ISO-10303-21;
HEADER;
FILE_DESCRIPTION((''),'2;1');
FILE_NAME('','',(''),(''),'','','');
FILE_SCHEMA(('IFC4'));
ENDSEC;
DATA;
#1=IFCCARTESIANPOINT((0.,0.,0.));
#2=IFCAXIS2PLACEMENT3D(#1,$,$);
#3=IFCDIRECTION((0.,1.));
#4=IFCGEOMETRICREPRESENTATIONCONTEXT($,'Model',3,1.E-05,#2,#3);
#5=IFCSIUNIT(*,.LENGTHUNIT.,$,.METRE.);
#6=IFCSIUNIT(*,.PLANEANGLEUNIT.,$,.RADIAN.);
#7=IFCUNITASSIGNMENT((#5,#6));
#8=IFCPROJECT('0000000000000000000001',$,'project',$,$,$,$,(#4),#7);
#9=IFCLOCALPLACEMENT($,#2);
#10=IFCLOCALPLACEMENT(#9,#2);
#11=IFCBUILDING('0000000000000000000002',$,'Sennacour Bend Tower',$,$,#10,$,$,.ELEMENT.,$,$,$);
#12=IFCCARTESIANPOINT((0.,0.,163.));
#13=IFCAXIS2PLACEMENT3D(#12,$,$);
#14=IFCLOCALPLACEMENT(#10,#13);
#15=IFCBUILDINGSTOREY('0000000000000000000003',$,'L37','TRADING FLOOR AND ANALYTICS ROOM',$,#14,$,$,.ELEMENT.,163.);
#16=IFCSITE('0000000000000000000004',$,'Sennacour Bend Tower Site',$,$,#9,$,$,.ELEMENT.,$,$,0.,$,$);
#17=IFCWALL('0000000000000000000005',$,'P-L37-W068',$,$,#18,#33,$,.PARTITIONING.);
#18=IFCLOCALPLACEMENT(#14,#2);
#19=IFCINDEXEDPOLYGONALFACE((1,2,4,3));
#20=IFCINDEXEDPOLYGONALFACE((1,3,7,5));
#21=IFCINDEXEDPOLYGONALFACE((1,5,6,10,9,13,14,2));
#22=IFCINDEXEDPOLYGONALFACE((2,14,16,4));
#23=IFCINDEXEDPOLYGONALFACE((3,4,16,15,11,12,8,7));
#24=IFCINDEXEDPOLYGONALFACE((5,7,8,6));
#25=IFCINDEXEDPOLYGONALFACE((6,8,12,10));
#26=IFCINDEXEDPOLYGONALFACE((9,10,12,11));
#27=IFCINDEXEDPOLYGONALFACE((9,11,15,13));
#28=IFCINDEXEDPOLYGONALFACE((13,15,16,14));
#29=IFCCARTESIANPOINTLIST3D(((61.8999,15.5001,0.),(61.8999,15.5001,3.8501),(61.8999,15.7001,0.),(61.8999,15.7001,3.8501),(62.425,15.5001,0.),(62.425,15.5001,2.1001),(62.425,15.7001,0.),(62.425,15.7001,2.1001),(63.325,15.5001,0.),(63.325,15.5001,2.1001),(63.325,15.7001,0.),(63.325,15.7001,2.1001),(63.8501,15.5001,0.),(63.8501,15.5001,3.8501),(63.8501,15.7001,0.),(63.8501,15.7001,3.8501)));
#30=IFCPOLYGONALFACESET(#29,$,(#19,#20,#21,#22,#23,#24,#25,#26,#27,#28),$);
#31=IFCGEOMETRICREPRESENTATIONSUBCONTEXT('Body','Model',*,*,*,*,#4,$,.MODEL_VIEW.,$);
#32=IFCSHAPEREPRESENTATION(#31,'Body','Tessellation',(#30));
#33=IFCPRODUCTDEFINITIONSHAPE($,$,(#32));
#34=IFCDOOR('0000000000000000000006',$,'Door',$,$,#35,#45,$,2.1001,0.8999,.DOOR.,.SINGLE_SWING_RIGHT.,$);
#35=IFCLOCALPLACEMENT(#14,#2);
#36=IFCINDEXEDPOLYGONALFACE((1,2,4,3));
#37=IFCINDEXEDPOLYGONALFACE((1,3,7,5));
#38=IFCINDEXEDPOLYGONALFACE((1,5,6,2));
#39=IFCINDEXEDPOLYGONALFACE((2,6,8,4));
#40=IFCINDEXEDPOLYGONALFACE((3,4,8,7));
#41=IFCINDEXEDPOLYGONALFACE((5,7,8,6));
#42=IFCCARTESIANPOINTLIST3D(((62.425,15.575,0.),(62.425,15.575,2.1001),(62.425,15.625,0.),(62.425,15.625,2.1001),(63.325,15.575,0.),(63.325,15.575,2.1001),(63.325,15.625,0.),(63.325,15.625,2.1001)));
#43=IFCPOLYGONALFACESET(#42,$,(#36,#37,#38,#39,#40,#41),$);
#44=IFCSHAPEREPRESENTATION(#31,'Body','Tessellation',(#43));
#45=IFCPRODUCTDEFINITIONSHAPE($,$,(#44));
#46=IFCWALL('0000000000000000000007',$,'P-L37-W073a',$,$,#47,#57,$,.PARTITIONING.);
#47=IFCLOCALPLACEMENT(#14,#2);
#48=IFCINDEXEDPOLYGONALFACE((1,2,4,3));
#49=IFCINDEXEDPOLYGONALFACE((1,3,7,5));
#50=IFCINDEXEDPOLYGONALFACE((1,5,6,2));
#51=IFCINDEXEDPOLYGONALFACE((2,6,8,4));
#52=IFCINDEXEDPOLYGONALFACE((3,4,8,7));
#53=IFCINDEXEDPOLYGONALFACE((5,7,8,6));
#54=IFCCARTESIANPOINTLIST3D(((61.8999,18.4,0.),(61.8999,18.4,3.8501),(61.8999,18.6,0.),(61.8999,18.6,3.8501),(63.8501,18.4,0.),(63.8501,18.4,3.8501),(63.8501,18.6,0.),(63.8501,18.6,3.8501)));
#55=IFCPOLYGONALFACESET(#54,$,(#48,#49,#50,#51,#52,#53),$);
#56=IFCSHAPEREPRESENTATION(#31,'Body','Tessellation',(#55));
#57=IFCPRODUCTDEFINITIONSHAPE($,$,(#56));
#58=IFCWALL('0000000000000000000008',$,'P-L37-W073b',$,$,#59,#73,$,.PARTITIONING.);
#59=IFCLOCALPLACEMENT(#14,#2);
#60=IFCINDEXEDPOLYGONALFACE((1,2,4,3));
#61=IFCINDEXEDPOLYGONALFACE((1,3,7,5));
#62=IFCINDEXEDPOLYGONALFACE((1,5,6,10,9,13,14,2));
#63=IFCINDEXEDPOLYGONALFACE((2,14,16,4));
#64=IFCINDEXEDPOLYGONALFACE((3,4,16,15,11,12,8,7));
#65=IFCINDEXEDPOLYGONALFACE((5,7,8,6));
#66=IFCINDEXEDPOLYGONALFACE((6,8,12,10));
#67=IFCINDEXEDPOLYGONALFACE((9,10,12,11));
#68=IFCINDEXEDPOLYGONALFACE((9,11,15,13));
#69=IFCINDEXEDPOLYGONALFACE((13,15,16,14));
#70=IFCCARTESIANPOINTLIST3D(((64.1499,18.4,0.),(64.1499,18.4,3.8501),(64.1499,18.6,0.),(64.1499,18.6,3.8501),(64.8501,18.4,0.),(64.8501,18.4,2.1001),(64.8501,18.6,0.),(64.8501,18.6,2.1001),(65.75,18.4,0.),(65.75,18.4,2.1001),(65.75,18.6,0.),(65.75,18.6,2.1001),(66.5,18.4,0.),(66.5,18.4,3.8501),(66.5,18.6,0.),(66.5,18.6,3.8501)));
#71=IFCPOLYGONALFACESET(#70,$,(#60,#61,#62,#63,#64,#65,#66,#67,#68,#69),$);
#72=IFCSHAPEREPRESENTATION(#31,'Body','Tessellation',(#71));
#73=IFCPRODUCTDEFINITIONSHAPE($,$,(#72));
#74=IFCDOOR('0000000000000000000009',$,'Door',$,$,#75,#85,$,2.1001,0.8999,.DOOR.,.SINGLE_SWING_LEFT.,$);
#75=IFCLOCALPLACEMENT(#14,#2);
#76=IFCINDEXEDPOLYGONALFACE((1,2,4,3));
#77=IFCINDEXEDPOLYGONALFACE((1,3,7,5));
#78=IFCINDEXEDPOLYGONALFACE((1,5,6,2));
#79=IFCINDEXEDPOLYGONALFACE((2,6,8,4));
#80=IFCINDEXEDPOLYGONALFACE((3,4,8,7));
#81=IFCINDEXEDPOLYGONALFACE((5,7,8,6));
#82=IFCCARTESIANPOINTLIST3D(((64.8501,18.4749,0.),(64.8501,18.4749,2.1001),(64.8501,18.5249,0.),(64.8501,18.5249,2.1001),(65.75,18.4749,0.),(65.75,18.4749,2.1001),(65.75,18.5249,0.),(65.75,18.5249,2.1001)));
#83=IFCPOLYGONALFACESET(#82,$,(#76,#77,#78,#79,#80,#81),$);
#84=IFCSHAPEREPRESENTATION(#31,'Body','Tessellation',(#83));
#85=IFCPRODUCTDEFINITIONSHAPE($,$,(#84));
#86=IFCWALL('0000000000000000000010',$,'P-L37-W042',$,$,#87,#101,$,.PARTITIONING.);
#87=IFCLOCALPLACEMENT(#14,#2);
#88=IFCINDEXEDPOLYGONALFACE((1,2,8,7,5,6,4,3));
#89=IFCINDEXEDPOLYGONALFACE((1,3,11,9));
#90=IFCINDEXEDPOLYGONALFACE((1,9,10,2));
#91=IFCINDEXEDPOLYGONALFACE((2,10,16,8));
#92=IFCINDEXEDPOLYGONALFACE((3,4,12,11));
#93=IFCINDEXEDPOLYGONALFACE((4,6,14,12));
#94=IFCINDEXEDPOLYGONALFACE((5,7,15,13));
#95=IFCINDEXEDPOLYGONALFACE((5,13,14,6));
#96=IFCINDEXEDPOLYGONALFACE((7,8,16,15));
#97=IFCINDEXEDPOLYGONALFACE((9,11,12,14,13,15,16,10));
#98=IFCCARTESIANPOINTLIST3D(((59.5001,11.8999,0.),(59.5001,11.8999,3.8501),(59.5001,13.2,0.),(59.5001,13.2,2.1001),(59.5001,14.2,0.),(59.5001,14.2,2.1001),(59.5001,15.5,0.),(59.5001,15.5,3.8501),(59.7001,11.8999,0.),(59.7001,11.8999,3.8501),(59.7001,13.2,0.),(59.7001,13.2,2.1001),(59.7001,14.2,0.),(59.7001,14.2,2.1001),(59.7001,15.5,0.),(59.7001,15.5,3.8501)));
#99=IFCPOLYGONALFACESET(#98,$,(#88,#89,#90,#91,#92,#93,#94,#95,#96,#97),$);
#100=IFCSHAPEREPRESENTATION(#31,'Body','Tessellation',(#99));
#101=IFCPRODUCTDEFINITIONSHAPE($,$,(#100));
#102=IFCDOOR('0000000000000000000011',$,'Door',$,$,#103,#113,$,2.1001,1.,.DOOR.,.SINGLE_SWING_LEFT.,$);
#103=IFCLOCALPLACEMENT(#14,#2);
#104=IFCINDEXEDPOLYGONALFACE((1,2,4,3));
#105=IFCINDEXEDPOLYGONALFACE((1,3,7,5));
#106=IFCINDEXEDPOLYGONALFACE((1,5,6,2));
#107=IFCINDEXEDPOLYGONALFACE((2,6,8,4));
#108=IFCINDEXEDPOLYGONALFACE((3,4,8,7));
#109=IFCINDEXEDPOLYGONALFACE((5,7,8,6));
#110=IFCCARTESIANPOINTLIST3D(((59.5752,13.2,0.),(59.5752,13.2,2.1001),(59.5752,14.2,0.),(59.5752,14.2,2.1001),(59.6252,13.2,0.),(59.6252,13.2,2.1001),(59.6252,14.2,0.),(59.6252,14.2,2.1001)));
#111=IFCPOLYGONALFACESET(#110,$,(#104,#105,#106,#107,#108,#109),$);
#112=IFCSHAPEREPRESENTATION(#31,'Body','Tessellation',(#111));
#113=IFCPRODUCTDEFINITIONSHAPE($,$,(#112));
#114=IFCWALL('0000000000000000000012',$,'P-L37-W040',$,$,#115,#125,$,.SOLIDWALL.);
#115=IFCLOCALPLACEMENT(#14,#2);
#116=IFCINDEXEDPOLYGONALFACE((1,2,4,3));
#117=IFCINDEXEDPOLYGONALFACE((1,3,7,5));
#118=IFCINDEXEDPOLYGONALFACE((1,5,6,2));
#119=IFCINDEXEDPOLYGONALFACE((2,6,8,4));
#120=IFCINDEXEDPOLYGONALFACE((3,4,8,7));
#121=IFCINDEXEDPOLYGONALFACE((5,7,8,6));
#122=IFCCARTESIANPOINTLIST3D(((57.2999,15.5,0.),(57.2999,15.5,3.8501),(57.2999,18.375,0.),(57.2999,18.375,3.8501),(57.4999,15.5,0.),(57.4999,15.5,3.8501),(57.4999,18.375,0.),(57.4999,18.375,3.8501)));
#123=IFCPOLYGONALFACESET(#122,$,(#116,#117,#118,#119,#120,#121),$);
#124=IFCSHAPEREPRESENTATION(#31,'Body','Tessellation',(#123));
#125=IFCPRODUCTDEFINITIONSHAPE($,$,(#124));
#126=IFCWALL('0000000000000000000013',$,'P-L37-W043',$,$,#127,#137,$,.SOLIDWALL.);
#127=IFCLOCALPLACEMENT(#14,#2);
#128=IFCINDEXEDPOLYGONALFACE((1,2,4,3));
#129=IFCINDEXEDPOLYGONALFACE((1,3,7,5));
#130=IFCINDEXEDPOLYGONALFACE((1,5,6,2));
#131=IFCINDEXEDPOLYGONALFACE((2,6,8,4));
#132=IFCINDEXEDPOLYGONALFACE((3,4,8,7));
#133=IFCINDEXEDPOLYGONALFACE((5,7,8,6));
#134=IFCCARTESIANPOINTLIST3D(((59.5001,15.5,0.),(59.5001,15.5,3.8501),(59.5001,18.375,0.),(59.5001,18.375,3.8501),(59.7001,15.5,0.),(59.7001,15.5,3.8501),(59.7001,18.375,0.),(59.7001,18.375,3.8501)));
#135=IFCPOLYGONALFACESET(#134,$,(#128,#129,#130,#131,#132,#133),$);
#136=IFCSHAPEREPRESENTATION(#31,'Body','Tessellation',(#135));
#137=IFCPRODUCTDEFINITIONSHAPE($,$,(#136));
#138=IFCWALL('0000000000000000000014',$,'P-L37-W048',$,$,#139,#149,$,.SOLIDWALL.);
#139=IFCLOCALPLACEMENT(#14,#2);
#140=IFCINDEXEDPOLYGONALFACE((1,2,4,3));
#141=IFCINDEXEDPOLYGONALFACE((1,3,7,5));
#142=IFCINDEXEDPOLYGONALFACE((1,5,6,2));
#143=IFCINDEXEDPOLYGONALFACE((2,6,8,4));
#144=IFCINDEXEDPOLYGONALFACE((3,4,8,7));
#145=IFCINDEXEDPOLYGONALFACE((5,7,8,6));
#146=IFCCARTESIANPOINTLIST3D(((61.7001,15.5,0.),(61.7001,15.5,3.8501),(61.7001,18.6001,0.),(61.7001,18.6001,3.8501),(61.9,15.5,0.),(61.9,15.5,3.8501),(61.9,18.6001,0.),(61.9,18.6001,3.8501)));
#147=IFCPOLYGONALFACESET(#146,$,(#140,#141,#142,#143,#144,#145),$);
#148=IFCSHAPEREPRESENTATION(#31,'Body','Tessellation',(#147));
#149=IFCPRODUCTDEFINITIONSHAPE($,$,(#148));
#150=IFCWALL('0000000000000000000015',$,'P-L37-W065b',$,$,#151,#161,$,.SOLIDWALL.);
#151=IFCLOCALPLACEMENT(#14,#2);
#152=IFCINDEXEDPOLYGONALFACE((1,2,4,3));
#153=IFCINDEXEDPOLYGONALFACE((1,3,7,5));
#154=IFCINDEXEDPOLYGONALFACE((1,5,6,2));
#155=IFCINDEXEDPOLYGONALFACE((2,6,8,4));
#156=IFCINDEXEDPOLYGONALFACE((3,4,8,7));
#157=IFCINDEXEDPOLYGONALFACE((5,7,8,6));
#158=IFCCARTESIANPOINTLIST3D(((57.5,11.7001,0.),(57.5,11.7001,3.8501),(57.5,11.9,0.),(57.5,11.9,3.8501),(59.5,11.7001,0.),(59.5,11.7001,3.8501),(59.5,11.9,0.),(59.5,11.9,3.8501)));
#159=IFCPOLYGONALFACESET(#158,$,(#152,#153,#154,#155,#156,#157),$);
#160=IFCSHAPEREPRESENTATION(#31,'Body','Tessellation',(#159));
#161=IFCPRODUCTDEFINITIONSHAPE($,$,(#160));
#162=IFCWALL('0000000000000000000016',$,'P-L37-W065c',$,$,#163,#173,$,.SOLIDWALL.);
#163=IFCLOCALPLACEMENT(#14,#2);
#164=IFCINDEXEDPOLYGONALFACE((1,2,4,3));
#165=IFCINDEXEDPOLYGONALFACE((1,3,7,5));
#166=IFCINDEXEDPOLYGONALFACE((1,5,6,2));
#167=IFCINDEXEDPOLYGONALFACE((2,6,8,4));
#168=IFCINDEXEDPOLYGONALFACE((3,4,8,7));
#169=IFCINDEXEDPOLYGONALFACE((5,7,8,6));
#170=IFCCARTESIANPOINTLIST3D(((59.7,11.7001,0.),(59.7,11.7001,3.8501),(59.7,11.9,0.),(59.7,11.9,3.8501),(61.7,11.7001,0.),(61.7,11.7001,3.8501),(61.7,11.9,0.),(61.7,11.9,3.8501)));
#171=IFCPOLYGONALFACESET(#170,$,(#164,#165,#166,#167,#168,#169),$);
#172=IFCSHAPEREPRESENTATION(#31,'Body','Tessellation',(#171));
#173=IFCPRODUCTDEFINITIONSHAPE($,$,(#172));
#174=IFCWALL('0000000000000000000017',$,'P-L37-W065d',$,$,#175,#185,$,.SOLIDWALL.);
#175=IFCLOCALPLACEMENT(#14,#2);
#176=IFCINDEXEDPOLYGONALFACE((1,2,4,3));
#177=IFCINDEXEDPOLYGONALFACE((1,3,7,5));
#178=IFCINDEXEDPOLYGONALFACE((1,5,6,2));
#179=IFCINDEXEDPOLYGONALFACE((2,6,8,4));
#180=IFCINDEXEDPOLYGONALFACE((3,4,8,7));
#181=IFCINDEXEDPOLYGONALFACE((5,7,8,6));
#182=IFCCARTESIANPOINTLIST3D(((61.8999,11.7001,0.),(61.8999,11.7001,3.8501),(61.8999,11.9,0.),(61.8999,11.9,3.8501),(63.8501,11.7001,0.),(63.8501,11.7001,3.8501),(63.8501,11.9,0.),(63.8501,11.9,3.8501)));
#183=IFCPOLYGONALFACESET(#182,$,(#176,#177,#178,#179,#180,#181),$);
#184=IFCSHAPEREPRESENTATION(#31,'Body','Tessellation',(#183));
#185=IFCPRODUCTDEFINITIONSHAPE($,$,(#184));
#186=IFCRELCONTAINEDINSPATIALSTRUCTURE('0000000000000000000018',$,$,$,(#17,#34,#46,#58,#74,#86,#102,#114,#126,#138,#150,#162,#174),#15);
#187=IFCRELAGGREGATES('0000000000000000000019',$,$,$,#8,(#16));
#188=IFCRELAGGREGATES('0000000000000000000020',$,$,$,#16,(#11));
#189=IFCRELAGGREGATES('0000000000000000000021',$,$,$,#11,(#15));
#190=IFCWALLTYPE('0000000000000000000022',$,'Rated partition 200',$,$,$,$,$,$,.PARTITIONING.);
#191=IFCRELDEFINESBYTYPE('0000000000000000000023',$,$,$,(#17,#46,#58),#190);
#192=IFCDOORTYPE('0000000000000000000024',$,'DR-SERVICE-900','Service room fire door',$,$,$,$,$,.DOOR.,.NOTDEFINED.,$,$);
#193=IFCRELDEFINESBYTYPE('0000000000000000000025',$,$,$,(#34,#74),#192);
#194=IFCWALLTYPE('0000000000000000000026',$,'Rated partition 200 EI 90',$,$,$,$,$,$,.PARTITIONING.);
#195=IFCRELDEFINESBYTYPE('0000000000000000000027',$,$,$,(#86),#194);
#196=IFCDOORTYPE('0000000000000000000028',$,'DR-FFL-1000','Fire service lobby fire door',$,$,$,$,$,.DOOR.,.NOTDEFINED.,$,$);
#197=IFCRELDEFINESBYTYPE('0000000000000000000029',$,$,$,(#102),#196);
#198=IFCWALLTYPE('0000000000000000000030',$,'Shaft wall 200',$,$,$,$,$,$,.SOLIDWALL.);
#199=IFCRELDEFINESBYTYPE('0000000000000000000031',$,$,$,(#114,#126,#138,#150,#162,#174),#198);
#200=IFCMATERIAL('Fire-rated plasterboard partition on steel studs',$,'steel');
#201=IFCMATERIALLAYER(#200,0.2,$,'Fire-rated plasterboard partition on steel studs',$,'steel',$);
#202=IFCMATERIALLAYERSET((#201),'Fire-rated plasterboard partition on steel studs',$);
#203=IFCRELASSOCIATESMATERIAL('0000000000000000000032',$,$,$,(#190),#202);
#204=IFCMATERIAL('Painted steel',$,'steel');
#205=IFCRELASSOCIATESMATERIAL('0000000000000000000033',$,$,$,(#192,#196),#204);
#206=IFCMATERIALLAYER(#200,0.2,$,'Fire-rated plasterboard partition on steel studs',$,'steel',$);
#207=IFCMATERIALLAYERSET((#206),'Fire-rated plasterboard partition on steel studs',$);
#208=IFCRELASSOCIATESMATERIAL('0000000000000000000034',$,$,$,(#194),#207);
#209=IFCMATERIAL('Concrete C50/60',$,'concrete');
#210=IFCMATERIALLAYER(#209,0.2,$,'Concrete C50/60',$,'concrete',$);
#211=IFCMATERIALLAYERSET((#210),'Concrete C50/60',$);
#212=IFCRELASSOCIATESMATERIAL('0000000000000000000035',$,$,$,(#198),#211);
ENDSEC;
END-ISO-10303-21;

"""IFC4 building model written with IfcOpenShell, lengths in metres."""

from ifc_helpers import new_model, si_unit, direction, frame, frame_2d, origin, place, context, subcontext, project, spatial, rectangle, extrude, material, layer, layer_set, type_object, element, fill, save


model = new_model("IFC4")

# Units and contexts
model_context = context("Model", 3, precision=1e-05, world=origin(), true_north=direction((0.0, 1.0)))
body_context = subcontext(model_context, "Body", "Model", "MODEL_VIEW")
ifc_project = project(units=[si_unit("LENGTHUNIT", "METRE"), si_unit("PLANEANGLEUNIT", "RADIAN")], contexts=[model_context])

# Site, building, storey
site_placement = place(None, origin())
site = spatial("IfcSite", under=ifc_project, at=site_placement, Name="Sennacour Bend Tower Site", CompositionType="ELEMENT", RefElevation=0.0)
building_placement = place(site_placement, origin())
building = spatial("IfcBuilding", under=site, at=building_placement, Name="Sennacour Bend Tower", CompositionType="ELEMENT")
storey_placement = place(building_placement, frame((0.0, 0.0, 163.0)))
storey = spatial("IfcBuildingStorey", under=building, at=storey_placement, Name="L37", Description="TRADING FLOOR AND ANALYTICS ROOM", CompositionType="ELEMENT", Elevation=163.0)

# Wall, opening, door
ifc_material_1 = material(Name="Fire-rated plasterboard partition on steel studs", Category="steel")
ifc_layer_1 = layer(ifc_material_1, 0.2, Name="Fire-rated plasterboard partition on steel studs", Category="steel")
ifc_layer_set_1 = layer_set([ifc_layer_1], Name="Fire-rated plasterboard partition on steel studs")
wall_type_1 = type_object("IfcWallType", Name="Rated partition 200", PredefinedType="PARTITIONING", material=ifc_layer_set_1)
wall_1_placement = place(storey_placement, frame((61.8999, 15.6001, 0.0), z_axis=(0.0, 0.0, 1.0), x_axis=(1.0, 0.0, 0.0)))
wall_1 = element("IfcWall", 1, at=wall_1_placement, inside=storey, type_object=wall_type_1, Name="P-L37-W068", PredefinedType="PARTITIONING", context=body_context, shape_type="SweptSolid", body=[
    extrude(rectangle(XDim=1.9502, YDim=0.2, at=frame_2d((0.9751, 0.0))), origin(), (0.0, 0.0, 1.0), 3.8501),
])
opening_1_placement = place(wall_1_placement, frame((0.5251, 0.0, 0.0)))
opening_1 = element("IfcOpeningElement", 2, at=opening_1_placement, cuts=wall_1, PredefinedType="OPENING", context=body_context, shape_type="SweptSolid", body=[
    extrude(rectangle(XDim=0.8999, YDim=2.1001, at=frame_2d((0.45, 1.05))), frame((0.0, 0.1099, 0.0), z_axis=(0.0, -1.0, 0.0), x_axis=(1.0, 0.0, 0.0)), (0.0, 0.0, 1.0), 0.22),
])
ifc_material_2 = material(Name="Painted steel", Category="steel")
door_type_1 = type_object("IfcDoorType", Name="DR-SERVICE-900", Description="Service room fire door", OperationType="NOTDEFINED", PredefinedType="DOOR", material=ifc_material_2)
door_1_placement = place(opening_1_placement, origin())
door_1 = element("IfcDoor", 3, at=door_1_placement, inside=storey, type_object=door_type_1, Name="Door", OperationType="SINGLE_SWING_RIGHT", OverallHeight=2.1001, OverallWidth=0.8999, PredefinedType="DOOR", context=body_context, shape_type="SweptSolid", body=[
    extrude(rectangle(XDim=0.8999, YDim=2.1001, at=frame_2d((0.45, 1.05))), frame((0.0, 0.0249, 0.0), z_axis=(0.0, -1.0, 0.0), x_axis=(1.0, 0.0, 0.0)), (0.0, 0.0, 1.0), 0.05),
])
fill(opening_1, door_1)

# Wall
wall_2_placement = place(storey_placement, frame((61.8999, 18.5, 0.0), z_axis=(0.0, 0.0, 1.0), x_axis=(1.0, 0.0, 0.0)))
element("IfcWall", 4, at=wall_2_placement, inside=storey, type_object=wall_type_1, Name="P-L37-W073a", PredefinedType="PARTITIONING", context=body_context, shape_type="SweptSolid", body=[
    extrude(rectangle(XDim=1.9502, YDim=0.2, at=frame_2d((0.9751, 0.0))), origin(), (0.0, 0.0, 1.0), 3.8501),
])

# Walls, openings, doors
wall_3_placement = place(storey_placement, frame((64.1499, 18.5, 0.0), z_axis=(0.0, 0.0, 1.0), x_axis=(1.0, 0.0, 0.0)))
wall_3 = element("IfcWall", 5, at=wall_3_placement, inside=storey, type_object=wall_type_1, Name="P-L37-W073b", PredefinedType="PARTITIONING", context=body_context, shape_type="SweptSolid", body=[
    extrude(rectangle(XDim=2.3501, YDim=0.2, at=frame_2d((1.175, 0.0))), origin(), (0.0, 0.0, 1.0), 3.8501),
])
opening_2_placement = place(wall_3_placement, frame((0.7002, 0.0, 0.0)))
opening_2 = element("IfcOpeningElement", 6, at=opening_2_placement, cuts=wall_3, PredefinedType="OPENING", context=body_context, shape_type="SweptSolid", body=[
    extrude(rectangle(XDim=0.8999, YDim=2.1001, at=frame_2d((0.45, 1.05))), frame((0.0, 0.1099, 0.0), z_axis=(0.0, -1.0, 0.0), x_axis=(1.0, 0.0, 0.0)), (0.0, 0.0, 1.0), 0.22),
])
door_2_placement = place(opening_2_placement, origin())
door_2 = element("IfcDoor", 7, at=door_2_placement, inside=storey, type_object=door_type_1, Name="Door", OperationType="SINGLE_SWING_LEFT", OverallHeight=2.1001, OverallWidth=0.8999, PredefinedType="DOOR", context=body_context, shape_type="SweptSolid", body=[
    extrude(rectangle(XDim=0.8999, YDim=2.1001, at=frame_2d((0.45, 1.05))), frame((0.0, 0.0249, 0.0), z_axis=(0.0, -1.0, 0.0), x_axis=(1.0, 0.0, 0.0)), (0.0, 0.0, 1.0), 0.05),
])
fill(opening_2, door_2)
ifc_layer_2 = layer(ifc_material_1, 0.2, Name="Fire-rated plasterboard partition on steel studs", Category="steel")
ifc_layer_set_2 = layer_set([ifc_layer_2], Name="Fire-rated plasterboard partition on steel studs")
wall_type_2 = type_object("IfcWallType", Name="Rated partition 200 EI 90", PredefinedType="PARTITIONING", material=ifc_layer_set_2)
wall_4_placement = place(storey_placement, frame((59.6001, 11.8999, 0.0), z_axis=(0.0, 0.0, 1.0), x_axis=(0.0, 1.0, 0.0)))
wall_4 = element("IfcWall", 8, at=wall_4_placement, inside=storey, type_object=wall_type_2, Name="P-L37-W042", PredefinedType="PARTITIONING", context=body_context, shape_type="SweptSolid", body=[
    extrude(rectangle(XDim=3.6001, YDim=0.2, at=frame_2d((1.8, 0.0))), origin(), (0.0, 0.0, 1.0), 3.8501),
])
opening_3_placement = place(wall_4_placement, frame((1.3, 0.0, 0.0)))
opening_3 = element("IfcOpeningElement", 9, at=opening_3_placement, cuts=wall_4, PredefinedType="OPENING", context=body_context, shape_type="SweptSolid", body=[
    extrude(rectangle(XDim=1.0, YDim=2.1001, at=frame_2d((0.5, 1.05))), frame((0.0, 0.1099, 0.0), z_axis=(0.0, -1.0, 0.0), x_axis=(1.0, 0.0, 0.0)), (0.0, 0.0, 1.0), 0.22),
])
door_type_2 = type_object("IfcDoorType", Name="DR-FFL-1000", Description="Fire service lobby fire door", OperationType="NOTDEFINED", PredefinedType="DOOR", material=ifc_material_2)
door_3_placement = place(opening_3_placement, origin())
door_3 = element("IfcDoor", 10, at=door_3_placement, inside=storey, type_object=door_type_2, Name="Door", OperationType="SINGLE_SWING_LEFT", OverallHeight=2.1001, OverallWidth=1.0, PredefinedType="DOOR", context=body_context, shape_type="SweptSolid", body=[
    extrude(rectangle(XDim=1.0, YDim=2.1001, at=frame_2d((0.5, 1.05))), frame((0.0, 0.0249, 0.0), z_axis=(0.0, -1.0, 0.0), x_axis=(1.0, 0.0, 0.0)), (0.0, 0.0, 1.0), 0.05),
])
fill(opening_3, door_3)

# Walls
ifc_material_3 = material(Name="Concrete C50/60", Category="concrete")
ifc_layer_3 = layer(ifc_material_3, 0.2, Name="Concrete C50/60", Category="concrete")
ifc_layer_set_3 = layer_set([ifc_layer_3], Name="Concrete C50/60")
wall_type_3 = type_object("IfcWallType", Name="Shaft wall 200", PredefinedType="SOLIDWALL", material=ifc_layer_set_3)
for number, where, z_axis, x_axis, name in (
    (11, (57.3999, 15.5, 0.0), (0.0, 0.0, 1.0), (0.0, 1.0, 0.0), "P-L37-W040"),
    (12, (59.6001, 15.5, 0.0), (0.0, 0.0, 1.0), (0.0, 1.0, 0.0), "P-L37-W043"),
):
    element("IfcWall", number, at=place(storey_placement, frame(where, z_axis=z_axis, x_axis=x_axis)), inside=storey, type_object=wall_type_3, Name=name, PredefinedType="SOLIDWALL", context=body_context, shape_type="SweptSolid", body=[
        extrude(rectangle(XDim=2.875, YDim=0.2, at=frame_2d((1.4375, 0.0))), origin(), (0.0, 0.0, 1.0), 3.8501),
    ])
wall_5_placement = place(storey_placement, frame((61.8, 15.5, 0.0), z_axis=(0.0, 0.0, 1.0), x_axis=(0.0, 1.0, 0.0)))
element("IfcWall", 13, at=wall_5_placement, inside=storey, type_object=wall_type_3, Name="P-L37-W048", PredefinedType="SOLIDWALL", context=body_context, shape_type="SweptSolid", body=[
    extrude(rectangle(XDim=3.1001, YDim=0.2, at=frame_2d((1.55, 0.0))), origin(), (0.0, 0.0, 1.0), 3.8501),
])
for number, where, z_axis, x_axis, name in (
    (14, (57.5, 11.8, 0.0), (0.0, 0.0, 1.0), (1.0, 0.0, 0.0), "P-L37-W065b"),
    (15, (59.7, 11.8, 0.0), (0.0, 0.0, 1.0), (1.0, 0.0, 0.0), "P-L37-W065c"),
):
    element("IfcWall", number, at=place(storey_placement, frame(where, z_axis=z_axis, x_axis=x_axis)), inside=storey, type_object=wall_type_3, Name=name, PredefinedType="SOLIDWALL", context=body_context, shape_type="SweptSolid", body=[
        extrude(rectangle(XDim=2.0, YDim=0.2, at=frame_2d((1.0, 0.0))), origin(), (0.0, 0.0, 1.0), 3.8501),
    ])
wall_6_placement = place(storey_placement, frame((61.8999, 11.8, 0.0), z_axis=(0.0, 0.0, 1.0), x_axis=(1.0, 0.0, 0.0)))
element("IfcWall", 16, at=wall_6_placement, inside=storey, type_object=wall_type_3, Name="P-L37-W065d", PredefinedType="SOLIDWALL", context=body_context, shape_type="SweptSolid", body=[
    extrude(rectangle(XDim=1.9502, YDim=0.2, at=frame_2d((0.9751, 0.0))), origin(), (0.0, 0.0, 1.0), 3.8501),
])

save(model, "model.ifc")
